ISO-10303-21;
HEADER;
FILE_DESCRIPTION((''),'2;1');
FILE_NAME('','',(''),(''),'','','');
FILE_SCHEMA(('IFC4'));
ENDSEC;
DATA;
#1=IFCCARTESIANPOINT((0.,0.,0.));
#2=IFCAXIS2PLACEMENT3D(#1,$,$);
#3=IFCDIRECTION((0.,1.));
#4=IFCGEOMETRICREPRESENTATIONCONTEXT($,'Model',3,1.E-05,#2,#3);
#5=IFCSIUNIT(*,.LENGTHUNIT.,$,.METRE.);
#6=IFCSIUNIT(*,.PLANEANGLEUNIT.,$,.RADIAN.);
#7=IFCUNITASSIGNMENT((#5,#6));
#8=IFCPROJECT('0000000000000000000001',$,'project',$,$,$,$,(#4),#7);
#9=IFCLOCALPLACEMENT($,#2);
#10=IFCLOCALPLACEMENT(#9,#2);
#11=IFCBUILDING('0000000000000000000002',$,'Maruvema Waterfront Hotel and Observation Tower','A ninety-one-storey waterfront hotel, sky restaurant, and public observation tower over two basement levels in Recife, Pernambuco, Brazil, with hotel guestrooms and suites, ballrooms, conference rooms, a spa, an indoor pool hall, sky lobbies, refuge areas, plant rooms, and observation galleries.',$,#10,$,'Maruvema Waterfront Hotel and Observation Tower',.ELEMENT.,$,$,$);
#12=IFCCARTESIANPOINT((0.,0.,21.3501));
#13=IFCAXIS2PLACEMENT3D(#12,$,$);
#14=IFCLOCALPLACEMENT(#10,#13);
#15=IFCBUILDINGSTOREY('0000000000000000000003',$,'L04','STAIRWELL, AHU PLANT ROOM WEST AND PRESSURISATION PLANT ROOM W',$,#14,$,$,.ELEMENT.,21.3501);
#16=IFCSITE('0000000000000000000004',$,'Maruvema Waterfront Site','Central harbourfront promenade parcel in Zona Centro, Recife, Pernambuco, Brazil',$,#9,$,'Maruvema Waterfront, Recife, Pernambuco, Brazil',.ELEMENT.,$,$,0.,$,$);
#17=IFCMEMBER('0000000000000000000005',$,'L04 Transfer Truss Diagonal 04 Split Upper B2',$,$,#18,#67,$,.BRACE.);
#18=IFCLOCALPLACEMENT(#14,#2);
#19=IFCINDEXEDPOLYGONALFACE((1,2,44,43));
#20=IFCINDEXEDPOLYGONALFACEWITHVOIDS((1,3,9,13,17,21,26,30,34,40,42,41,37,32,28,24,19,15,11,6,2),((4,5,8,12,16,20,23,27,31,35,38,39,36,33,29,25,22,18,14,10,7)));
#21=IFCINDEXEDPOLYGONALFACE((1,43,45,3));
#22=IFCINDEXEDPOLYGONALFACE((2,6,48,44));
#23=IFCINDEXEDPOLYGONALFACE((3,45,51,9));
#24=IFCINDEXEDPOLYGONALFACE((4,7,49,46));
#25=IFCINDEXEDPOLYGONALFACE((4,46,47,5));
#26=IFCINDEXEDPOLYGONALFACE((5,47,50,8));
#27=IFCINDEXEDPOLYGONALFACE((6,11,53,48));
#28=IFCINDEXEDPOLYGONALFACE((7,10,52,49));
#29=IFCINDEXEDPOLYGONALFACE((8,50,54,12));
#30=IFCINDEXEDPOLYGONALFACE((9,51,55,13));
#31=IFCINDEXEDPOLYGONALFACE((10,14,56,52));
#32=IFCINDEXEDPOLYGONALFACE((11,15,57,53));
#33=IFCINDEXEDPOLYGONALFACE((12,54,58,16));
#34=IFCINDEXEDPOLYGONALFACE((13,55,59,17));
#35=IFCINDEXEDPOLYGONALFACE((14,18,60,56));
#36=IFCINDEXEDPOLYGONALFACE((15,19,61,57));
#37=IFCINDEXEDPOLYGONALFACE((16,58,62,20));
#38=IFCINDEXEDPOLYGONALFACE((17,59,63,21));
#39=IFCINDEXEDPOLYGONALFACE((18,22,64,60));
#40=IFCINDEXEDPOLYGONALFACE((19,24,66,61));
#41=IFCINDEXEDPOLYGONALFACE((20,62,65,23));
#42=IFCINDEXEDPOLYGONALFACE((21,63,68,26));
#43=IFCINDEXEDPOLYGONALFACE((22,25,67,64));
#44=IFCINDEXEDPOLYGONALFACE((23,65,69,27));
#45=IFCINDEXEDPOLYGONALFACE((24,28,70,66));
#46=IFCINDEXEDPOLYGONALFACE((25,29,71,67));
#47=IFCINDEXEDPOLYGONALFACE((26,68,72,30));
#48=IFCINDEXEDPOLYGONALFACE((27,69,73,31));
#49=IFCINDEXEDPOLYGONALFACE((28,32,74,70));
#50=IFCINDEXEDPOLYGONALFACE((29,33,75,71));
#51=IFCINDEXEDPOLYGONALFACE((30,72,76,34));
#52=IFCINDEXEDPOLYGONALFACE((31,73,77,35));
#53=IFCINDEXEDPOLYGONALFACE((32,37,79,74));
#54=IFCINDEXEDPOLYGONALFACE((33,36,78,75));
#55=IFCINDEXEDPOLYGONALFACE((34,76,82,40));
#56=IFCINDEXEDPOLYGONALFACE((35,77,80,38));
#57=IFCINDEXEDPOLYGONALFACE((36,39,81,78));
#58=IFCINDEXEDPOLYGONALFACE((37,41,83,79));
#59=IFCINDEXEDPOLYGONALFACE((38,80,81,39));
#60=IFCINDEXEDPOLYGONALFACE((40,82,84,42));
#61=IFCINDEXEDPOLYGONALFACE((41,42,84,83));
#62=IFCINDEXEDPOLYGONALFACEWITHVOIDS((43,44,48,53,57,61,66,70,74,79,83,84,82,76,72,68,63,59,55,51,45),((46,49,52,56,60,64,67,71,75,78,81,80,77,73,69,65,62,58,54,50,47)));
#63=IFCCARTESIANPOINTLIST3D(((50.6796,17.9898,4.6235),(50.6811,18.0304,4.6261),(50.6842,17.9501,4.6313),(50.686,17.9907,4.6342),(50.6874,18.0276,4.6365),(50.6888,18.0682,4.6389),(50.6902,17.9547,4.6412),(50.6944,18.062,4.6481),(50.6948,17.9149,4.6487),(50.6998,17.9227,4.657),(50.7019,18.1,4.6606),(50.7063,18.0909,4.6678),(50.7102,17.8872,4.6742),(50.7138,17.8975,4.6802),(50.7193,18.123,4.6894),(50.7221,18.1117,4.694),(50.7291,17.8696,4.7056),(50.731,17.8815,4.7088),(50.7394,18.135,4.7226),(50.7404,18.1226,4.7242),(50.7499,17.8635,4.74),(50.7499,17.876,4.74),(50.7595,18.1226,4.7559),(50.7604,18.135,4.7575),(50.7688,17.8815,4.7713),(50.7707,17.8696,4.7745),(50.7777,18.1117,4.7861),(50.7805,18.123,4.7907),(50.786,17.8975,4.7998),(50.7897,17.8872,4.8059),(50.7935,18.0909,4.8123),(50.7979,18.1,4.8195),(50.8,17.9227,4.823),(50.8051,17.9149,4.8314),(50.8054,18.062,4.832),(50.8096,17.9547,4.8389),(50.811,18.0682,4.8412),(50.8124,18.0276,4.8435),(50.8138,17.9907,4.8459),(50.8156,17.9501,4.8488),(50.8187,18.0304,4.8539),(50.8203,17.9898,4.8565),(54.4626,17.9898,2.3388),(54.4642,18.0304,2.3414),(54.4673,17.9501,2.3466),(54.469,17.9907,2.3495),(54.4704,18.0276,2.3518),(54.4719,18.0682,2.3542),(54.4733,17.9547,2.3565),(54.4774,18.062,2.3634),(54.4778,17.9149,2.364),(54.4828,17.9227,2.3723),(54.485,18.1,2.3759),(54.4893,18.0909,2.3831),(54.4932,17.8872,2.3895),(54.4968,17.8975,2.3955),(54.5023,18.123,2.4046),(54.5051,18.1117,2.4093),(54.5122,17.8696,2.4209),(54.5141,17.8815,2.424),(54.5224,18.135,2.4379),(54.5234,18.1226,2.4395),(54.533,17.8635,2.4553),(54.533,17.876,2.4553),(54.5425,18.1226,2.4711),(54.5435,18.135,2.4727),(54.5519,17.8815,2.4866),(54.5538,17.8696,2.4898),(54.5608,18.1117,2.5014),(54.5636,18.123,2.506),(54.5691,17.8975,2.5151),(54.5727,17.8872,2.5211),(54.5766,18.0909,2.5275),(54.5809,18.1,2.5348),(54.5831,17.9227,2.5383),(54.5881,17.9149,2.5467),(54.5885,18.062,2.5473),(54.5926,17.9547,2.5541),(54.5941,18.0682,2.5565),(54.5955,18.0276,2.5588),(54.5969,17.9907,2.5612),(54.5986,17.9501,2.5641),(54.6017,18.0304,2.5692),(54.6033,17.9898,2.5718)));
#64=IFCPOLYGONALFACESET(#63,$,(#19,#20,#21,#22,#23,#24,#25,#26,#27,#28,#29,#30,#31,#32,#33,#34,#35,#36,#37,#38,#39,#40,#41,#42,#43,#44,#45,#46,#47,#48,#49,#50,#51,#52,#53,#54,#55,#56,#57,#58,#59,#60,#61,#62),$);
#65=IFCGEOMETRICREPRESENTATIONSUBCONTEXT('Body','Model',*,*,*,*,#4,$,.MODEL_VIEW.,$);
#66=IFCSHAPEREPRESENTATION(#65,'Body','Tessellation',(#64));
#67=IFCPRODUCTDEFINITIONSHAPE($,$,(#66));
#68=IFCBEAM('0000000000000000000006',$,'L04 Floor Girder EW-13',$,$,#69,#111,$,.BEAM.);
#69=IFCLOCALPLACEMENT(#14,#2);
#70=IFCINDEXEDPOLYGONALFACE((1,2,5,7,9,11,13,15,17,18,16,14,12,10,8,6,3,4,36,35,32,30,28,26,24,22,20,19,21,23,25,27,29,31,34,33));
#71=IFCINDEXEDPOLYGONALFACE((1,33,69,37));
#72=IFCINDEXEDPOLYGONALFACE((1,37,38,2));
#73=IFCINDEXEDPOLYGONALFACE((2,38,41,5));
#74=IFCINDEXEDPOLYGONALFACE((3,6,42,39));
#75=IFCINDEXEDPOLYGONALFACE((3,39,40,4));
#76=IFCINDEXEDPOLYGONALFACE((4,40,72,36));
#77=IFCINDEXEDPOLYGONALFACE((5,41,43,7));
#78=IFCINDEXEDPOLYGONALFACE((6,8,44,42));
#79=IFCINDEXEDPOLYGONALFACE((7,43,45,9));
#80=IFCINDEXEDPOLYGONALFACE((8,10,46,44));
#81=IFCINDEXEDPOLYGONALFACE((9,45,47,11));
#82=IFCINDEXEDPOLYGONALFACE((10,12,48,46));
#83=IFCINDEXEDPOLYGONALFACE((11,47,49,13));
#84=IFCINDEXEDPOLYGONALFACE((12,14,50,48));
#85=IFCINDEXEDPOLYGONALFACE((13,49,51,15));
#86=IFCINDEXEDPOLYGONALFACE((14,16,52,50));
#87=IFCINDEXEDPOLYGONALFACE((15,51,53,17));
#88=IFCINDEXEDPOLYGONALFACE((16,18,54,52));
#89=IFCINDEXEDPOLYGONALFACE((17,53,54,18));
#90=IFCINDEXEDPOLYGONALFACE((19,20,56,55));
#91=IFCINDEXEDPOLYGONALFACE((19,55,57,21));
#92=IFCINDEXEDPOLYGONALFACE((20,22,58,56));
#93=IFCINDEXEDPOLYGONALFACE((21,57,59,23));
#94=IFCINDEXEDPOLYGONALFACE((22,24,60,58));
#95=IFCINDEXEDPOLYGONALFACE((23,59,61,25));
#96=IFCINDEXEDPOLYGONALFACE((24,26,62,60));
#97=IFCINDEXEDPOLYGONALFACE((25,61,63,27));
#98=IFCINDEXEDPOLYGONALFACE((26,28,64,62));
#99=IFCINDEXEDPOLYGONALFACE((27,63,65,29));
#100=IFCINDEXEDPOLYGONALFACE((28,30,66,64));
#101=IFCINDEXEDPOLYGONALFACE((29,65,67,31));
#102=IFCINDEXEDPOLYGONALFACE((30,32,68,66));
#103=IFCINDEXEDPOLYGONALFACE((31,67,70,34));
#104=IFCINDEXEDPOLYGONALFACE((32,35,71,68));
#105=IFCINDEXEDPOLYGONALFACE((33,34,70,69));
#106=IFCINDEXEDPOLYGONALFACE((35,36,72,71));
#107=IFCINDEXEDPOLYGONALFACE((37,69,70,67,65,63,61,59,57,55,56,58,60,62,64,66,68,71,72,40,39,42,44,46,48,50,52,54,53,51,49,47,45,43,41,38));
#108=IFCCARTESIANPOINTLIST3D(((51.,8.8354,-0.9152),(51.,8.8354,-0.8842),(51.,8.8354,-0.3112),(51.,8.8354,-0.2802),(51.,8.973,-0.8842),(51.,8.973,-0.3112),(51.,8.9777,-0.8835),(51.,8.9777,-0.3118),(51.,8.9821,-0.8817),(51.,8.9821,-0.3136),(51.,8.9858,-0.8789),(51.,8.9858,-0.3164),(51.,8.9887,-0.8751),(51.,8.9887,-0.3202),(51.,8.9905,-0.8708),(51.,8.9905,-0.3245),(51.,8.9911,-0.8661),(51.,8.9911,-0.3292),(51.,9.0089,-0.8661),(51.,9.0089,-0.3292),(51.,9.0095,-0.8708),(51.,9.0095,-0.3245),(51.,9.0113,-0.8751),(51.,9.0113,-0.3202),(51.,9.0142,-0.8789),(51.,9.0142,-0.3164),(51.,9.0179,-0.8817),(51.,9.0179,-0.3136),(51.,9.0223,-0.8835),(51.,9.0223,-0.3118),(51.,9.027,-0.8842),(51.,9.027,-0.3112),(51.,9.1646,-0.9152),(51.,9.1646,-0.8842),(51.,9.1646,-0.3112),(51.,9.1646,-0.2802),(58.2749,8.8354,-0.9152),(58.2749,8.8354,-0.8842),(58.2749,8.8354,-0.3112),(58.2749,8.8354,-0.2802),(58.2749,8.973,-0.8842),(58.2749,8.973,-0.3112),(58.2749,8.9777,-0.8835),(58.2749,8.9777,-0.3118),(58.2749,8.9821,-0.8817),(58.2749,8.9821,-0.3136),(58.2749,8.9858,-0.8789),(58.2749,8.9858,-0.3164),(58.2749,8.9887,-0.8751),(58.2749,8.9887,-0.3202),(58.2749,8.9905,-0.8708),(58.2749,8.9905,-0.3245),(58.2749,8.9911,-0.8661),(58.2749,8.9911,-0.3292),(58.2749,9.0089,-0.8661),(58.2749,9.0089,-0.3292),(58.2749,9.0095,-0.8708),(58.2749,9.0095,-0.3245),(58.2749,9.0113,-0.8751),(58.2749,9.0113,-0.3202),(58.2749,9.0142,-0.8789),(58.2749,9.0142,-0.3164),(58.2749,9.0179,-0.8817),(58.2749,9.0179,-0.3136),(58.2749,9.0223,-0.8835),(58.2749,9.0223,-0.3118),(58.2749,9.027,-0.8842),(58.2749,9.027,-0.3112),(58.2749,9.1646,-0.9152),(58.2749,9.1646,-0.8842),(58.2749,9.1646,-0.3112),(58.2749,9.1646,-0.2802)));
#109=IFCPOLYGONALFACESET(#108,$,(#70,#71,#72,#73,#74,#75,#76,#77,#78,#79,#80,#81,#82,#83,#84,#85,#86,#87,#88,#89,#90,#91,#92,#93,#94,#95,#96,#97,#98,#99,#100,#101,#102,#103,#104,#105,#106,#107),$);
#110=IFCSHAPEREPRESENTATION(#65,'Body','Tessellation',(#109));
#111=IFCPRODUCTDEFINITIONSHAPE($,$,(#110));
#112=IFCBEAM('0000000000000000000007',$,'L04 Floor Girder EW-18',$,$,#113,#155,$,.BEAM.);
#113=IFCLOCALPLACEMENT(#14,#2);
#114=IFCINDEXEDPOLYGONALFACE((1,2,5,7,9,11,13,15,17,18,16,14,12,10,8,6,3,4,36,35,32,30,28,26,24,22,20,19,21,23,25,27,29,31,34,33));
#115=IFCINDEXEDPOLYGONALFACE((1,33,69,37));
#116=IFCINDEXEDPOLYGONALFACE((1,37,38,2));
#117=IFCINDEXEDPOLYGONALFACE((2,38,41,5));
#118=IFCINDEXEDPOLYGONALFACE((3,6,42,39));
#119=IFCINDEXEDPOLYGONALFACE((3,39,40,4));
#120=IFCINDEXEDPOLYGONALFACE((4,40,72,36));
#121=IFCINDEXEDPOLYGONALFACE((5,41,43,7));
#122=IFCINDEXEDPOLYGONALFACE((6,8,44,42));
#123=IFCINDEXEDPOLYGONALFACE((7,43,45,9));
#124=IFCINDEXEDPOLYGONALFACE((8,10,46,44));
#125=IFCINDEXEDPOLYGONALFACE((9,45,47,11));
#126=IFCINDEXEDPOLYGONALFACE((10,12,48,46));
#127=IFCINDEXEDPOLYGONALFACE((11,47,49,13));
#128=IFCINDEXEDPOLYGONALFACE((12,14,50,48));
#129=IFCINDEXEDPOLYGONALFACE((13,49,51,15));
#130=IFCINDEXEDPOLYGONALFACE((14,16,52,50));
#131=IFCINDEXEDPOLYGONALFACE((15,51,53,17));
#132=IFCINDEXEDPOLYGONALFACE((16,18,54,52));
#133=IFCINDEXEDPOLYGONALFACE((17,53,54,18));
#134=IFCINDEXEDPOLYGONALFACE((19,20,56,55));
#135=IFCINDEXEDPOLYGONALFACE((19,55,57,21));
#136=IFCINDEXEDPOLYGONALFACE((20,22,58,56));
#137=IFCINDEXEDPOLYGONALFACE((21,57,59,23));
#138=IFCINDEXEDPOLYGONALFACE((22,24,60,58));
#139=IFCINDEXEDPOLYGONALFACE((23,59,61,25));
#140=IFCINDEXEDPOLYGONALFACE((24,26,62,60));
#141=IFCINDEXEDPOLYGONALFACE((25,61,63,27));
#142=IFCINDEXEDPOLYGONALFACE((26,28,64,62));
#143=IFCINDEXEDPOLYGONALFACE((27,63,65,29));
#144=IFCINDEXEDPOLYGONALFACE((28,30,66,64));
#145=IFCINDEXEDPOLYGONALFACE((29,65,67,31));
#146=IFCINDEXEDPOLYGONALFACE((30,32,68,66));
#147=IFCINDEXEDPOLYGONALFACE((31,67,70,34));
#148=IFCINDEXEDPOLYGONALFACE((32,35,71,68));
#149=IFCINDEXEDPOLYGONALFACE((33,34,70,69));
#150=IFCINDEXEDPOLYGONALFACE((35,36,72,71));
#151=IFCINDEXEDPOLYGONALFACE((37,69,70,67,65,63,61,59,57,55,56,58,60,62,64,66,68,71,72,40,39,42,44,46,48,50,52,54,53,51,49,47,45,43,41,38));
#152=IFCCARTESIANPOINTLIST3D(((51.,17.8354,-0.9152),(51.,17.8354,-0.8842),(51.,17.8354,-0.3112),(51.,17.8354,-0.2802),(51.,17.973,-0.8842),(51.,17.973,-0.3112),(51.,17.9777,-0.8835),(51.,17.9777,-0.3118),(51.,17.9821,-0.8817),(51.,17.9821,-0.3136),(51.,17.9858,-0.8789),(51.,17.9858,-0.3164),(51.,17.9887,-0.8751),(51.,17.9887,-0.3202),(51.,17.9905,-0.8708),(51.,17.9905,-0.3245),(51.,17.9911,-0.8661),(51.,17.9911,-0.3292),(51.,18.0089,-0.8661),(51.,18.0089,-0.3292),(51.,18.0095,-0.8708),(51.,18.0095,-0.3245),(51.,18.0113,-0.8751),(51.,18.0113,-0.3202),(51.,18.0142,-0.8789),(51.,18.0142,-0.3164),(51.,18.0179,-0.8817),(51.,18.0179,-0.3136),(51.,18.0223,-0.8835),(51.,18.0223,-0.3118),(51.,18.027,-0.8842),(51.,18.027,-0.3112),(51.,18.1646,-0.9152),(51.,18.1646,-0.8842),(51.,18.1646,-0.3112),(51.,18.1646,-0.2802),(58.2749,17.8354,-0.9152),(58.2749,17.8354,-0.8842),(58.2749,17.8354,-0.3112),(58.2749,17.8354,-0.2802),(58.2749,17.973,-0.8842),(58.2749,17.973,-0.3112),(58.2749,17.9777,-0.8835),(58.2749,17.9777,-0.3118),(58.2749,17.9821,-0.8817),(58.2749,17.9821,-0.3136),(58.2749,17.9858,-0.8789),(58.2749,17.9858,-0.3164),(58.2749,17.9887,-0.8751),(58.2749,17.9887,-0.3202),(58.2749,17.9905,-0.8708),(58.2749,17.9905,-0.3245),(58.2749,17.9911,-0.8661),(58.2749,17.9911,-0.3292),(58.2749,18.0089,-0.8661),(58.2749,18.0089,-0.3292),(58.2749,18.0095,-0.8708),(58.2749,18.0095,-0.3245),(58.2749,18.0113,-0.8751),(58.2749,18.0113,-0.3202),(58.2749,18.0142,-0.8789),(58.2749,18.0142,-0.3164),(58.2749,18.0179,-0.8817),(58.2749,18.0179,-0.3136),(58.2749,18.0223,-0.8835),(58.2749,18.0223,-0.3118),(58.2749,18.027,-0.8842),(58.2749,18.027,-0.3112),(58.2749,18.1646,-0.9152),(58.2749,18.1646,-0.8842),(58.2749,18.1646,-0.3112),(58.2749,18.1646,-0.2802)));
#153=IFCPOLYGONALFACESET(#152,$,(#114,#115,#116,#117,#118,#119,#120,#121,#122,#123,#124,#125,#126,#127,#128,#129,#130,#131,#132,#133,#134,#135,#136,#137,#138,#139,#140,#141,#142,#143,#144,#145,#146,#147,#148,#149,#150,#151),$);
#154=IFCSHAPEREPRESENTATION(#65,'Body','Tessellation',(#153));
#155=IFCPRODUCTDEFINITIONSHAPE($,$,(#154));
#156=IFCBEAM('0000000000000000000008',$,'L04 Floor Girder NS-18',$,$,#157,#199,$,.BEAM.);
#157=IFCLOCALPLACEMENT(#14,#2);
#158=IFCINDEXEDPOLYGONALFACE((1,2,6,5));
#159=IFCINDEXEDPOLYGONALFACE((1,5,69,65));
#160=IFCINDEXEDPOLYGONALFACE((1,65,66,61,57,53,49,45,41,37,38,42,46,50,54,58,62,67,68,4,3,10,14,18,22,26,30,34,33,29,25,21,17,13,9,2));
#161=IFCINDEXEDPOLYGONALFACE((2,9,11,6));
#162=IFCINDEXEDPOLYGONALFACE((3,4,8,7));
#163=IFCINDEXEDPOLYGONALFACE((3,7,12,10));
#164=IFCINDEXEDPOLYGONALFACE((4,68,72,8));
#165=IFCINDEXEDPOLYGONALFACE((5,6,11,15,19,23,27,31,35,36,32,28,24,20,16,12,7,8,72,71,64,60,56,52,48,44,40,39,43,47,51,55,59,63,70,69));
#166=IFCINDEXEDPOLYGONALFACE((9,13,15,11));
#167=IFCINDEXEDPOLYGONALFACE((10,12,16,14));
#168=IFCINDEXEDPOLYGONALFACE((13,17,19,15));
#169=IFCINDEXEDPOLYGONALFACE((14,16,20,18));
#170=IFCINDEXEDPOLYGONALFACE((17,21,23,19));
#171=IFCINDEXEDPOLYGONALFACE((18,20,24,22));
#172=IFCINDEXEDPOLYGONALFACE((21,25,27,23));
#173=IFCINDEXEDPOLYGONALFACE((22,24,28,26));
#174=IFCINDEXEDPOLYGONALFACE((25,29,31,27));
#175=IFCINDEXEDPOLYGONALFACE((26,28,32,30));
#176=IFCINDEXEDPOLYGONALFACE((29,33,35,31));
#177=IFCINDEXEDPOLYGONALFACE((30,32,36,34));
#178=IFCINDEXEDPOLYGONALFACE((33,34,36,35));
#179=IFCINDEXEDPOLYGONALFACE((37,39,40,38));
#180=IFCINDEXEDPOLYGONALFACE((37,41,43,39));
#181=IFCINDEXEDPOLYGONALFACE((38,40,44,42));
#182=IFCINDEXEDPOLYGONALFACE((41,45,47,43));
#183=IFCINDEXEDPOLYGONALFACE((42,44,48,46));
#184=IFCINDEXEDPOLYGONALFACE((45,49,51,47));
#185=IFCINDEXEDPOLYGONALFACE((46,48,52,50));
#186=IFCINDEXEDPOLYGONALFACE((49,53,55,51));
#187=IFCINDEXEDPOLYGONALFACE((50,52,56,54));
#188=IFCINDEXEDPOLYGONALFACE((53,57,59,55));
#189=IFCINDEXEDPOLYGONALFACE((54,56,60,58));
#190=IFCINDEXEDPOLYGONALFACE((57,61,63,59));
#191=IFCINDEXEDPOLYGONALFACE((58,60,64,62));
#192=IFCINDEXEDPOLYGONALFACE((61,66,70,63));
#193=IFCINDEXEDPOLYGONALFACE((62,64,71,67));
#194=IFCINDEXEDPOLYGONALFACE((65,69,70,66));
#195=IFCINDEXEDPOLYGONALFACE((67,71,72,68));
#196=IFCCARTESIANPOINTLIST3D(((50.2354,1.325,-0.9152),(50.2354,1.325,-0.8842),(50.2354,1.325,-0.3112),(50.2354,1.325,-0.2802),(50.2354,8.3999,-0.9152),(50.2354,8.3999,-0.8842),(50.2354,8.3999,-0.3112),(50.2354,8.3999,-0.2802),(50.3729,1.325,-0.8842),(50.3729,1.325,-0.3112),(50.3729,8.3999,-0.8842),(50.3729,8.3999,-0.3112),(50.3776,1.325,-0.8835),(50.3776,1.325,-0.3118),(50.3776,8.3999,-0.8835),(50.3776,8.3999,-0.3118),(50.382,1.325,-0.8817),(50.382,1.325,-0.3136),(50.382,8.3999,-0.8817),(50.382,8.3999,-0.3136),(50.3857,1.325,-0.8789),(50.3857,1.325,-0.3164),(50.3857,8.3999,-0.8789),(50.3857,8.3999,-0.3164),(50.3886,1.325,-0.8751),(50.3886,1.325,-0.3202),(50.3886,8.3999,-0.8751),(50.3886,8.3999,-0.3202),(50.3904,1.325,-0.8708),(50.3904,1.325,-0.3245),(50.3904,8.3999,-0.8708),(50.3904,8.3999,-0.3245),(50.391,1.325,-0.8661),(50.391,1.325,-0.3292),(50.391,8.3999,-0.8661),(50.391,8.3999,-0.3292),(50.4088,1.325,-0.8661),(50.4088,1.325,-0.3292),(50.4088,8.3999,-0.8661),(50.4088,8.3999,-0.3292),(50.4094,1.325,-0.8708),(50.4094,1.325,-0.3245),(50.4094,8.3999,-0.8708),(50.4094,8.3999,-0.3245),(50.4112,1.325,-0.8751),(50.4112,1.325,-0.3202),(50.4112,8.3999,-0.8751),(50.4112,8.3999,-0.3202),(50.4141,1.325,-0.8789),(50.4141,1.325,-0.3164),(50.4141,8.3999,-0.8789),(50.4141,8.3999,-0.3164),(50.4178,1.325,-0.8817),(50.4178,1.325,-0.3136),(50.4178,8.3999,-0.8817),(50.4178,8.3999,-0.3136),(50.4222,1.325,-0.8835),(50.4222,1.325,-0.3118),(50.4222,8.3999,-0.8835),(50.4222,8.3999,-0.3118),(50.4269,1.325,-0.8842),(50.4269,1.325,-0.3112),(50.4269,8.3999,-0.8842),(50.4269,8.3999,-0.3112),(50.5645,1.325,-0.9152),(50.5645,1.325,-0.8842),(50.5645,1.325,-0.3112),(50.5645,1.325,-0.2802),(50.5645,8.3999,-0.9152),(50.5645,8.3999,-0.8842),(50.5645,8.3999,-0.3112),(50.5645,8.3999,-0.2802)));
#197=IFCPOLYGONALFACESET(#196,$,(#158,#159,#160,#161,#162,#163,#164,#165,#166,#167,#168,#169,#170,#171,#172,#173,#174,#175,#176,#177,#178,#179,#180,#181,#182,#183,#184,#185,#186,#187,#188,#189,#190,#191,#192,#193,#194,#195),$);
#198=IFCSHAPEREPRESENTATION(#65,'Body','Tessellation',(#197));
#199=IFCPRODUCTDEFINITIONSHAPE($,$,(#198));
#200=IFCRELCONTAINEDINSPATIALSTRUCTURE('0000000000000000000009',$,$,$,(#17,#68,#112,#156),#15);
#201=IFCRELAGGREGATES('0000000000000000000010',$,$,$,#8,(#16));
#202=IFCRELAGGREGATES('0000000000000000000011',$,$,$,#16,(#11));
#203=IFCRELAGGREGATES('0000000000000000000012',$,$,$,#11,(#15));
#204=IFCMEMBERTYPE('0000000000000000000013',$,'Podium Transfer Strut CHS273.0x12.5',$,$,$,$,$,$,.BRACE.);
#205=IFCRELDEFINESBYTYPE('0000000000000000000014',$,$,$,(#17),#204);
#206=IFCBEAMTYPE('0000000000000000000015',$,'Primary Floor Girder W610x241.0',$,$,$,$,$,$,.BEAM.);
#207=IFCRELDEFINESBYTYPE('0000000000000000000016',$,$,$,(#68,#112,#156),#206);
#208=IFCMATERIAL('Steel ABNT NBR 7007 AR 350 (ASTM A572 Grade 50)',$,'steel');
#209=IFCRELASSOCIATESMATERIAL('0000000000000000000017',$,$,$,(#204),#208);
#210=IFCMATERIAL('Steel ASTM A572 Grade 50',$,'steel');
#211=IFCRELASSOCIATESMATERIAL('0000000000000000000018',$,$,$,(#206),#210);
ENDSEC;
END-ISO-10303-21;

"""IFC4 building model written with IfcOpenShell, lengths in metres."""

from ifc_helpers import new_model, si_unit, direction, frame, origin, origin_2d, place, context, subcontext, project, spatial, hollow_circle, i_section, extrude, material, material_profile, profile_set, type_object, element, save


model = new_model("IFC4")

# Units and contexts
model_context = context("Model", 3, precision=1e-05, world=origin(), true_north=direction((0.0, 1.0)))
body_context = subcontext(model_context, "Body", "Model", "MODEL_VIEW")
ifc_project = project(units=[si_unit("LENGTHUNIT", "METRE"), si_unit("PLANEANGLEUNIT", "RADIAN")], contexts=[model_context])

# Site, building, storey
site_placement = place(None, origin())
site = spatial("IfcSite", under=ifc_project, at=site_placement, Name="Maruvema Waterfront Site", Description="Central harbourfront promenade parcel in Zona Centro, Recife, Pernambuco, Brazil", LongName="Maruvema Waterfront, Recife, Pernambuco, Brazil", CompositionType="ELEMENT", RefElevation=0.0)
building_placement = place(site_placement, origin())
building = spatial("IfcBuilding", under=site, at=building_placement, Name="Maruvema Waterfront Hotel and Observation Tower", Description="A ninety-one-storey waterfront hotel, sky restaurant, and public observation tower over two basement levels in Recife, Pernambuco, Brazil, with hotel guestrooms and suites, ballrooms, conference rooms, a spa, an indoor pool hall, sky lobbies, refuge areas, plant rooms, and observation galleries.", LongName="Maruvema Waterfront Hotel and Observation Tower", CompositionType="ELEMENT")
storey_placement = place(building_placement, frame((0.0, 0.0, 21.3501)))
storey = spatial("IfcBuildingStorey", under=building, at=storey_placement, Name="L04", Description="STAIRWELL, AHU PLANT ROOM WEST AND PRESSURISATION PLANT ROOM W", CompositionType="ELEMENT", Elevation=21.3501)

# Member
ifc_material_1 = material(Name="Steel ABNT NBR 7007 AR 350 (ASTM A572 Grade 50)", Category="steel")
ifc_material_profile_1 = material_profile(ifc_material_1, hollow_circle(Radius=0.1365, WallThickness=0.0125, at=origin_2d()), Name="CHS273.0x12.5")
ifc_profile_set_1 = profile_set([ifc_material_profile_1], Name="Steel ABNT NBR 7007 AR 350 (ASTM A572 Grade 50)")
member_type = type_object("IfcMemberType", Name="Podium Transfer Strut CHS273.0x12.5", PredefinedType="BRACE", material=ifc_profile_set_1)
member_1_placement = place(storey_placement, frame((54.533, 18.0, 2.4553), z_axis=(-0.856003, 0.0, 0.516971), x_axis=(0.0, -1.0, 0.0)))
element("IfcMember", 1, at=member_1_placement, inside=storey, type_object=member_type, Name="L04 Transfer Truss Diagonal 04 Split Upper B2", PredefinedType="BRACE", context=body_context, shape_type="SweptSolid", body=[
    extrude(hollow_circle(Radius=0.1365, WallThickness=0.0125, at=origin_2d()), origin(), (0.0, 0.0, 1.0), 4.4194),
])

# Beams
ifc_material_2 = material(Name="Steel ASTM A572 Grade 50", Category="steel")
ifc_material_profile_2 = material_profile(ifc_material_2, i_section(OverallWidth=0.3291, OverallDepth=0.635, WebThickness=0.0178, FlangeThickness=0.031, FilletRadius=0.0181, at=origin_2d()), Name="W610x241.0")
ifc_profile_set_2 = profile_set([ifc_material_profile_2], Name="Steel ASTM A572 Grade 50")
beam_type_1 = type_object("IfcBeamType", Name="Primary Floor Girder W610x241.0", PredefinedType="BEAM", material=ifc_profile_set_2)
for number, where, z_axis, x_axis, name in (
    (2, (51.0, 9.0, -0.5977), (1.0, 0.0, 0.0), (0.0, 1.0, 0.0), "L04 Floor Girder EW-13"),
    (3, (51.0, 18.0, -0.5977), (1.0, 0.0, 0.0), (0.0, 1.0, 0.0), "L04 Floor Girder EW-18"),
):
    element("IfcBeam", number, at=place(storey_placement, frame(where, z_axis=z_axis, x_axis=x_axis)), inside=storey, type_object=beam_type_1, Name=name, PredefinedType="BEAM", context=body_context, shape_type="SweptSolid", body=[
        extrude(i_section(OverallWidth=0.3291, OverallDepth=0.635, WebThickness=0.0178, FlangeThickness=0.031, FilletRadius=0.0181, at=origin_2d()), origin(), (0.0, 0.0, 1.0), 7.2749),
    ])
beam_1_placement = place(storey_placement, frame((50.3999, 1.325, -0.5977), z_axis=(0.0, 1.0, 0.0), x_axis=(-1.0, 0.0, 0.0)))
element("IfcBeam", 4, at=beam_1_placement, inside=storey, type_object=beam_type_1, Name="L04 Floor Girder NS-18", PredefinedType="BEAM", context=body_context, shape_type="SweptSolid", body=[
    extrude(i_section(OverallWidth=0.3291, OverallDepth=0.635, WebThickness=0.0178, FlangeThickness=0.031, FilletRadius=0.0181, at=origin_2d()), origin(), (0.0, 0.0, 1.0), 7.075),
])

save(model, "model.ifc")
